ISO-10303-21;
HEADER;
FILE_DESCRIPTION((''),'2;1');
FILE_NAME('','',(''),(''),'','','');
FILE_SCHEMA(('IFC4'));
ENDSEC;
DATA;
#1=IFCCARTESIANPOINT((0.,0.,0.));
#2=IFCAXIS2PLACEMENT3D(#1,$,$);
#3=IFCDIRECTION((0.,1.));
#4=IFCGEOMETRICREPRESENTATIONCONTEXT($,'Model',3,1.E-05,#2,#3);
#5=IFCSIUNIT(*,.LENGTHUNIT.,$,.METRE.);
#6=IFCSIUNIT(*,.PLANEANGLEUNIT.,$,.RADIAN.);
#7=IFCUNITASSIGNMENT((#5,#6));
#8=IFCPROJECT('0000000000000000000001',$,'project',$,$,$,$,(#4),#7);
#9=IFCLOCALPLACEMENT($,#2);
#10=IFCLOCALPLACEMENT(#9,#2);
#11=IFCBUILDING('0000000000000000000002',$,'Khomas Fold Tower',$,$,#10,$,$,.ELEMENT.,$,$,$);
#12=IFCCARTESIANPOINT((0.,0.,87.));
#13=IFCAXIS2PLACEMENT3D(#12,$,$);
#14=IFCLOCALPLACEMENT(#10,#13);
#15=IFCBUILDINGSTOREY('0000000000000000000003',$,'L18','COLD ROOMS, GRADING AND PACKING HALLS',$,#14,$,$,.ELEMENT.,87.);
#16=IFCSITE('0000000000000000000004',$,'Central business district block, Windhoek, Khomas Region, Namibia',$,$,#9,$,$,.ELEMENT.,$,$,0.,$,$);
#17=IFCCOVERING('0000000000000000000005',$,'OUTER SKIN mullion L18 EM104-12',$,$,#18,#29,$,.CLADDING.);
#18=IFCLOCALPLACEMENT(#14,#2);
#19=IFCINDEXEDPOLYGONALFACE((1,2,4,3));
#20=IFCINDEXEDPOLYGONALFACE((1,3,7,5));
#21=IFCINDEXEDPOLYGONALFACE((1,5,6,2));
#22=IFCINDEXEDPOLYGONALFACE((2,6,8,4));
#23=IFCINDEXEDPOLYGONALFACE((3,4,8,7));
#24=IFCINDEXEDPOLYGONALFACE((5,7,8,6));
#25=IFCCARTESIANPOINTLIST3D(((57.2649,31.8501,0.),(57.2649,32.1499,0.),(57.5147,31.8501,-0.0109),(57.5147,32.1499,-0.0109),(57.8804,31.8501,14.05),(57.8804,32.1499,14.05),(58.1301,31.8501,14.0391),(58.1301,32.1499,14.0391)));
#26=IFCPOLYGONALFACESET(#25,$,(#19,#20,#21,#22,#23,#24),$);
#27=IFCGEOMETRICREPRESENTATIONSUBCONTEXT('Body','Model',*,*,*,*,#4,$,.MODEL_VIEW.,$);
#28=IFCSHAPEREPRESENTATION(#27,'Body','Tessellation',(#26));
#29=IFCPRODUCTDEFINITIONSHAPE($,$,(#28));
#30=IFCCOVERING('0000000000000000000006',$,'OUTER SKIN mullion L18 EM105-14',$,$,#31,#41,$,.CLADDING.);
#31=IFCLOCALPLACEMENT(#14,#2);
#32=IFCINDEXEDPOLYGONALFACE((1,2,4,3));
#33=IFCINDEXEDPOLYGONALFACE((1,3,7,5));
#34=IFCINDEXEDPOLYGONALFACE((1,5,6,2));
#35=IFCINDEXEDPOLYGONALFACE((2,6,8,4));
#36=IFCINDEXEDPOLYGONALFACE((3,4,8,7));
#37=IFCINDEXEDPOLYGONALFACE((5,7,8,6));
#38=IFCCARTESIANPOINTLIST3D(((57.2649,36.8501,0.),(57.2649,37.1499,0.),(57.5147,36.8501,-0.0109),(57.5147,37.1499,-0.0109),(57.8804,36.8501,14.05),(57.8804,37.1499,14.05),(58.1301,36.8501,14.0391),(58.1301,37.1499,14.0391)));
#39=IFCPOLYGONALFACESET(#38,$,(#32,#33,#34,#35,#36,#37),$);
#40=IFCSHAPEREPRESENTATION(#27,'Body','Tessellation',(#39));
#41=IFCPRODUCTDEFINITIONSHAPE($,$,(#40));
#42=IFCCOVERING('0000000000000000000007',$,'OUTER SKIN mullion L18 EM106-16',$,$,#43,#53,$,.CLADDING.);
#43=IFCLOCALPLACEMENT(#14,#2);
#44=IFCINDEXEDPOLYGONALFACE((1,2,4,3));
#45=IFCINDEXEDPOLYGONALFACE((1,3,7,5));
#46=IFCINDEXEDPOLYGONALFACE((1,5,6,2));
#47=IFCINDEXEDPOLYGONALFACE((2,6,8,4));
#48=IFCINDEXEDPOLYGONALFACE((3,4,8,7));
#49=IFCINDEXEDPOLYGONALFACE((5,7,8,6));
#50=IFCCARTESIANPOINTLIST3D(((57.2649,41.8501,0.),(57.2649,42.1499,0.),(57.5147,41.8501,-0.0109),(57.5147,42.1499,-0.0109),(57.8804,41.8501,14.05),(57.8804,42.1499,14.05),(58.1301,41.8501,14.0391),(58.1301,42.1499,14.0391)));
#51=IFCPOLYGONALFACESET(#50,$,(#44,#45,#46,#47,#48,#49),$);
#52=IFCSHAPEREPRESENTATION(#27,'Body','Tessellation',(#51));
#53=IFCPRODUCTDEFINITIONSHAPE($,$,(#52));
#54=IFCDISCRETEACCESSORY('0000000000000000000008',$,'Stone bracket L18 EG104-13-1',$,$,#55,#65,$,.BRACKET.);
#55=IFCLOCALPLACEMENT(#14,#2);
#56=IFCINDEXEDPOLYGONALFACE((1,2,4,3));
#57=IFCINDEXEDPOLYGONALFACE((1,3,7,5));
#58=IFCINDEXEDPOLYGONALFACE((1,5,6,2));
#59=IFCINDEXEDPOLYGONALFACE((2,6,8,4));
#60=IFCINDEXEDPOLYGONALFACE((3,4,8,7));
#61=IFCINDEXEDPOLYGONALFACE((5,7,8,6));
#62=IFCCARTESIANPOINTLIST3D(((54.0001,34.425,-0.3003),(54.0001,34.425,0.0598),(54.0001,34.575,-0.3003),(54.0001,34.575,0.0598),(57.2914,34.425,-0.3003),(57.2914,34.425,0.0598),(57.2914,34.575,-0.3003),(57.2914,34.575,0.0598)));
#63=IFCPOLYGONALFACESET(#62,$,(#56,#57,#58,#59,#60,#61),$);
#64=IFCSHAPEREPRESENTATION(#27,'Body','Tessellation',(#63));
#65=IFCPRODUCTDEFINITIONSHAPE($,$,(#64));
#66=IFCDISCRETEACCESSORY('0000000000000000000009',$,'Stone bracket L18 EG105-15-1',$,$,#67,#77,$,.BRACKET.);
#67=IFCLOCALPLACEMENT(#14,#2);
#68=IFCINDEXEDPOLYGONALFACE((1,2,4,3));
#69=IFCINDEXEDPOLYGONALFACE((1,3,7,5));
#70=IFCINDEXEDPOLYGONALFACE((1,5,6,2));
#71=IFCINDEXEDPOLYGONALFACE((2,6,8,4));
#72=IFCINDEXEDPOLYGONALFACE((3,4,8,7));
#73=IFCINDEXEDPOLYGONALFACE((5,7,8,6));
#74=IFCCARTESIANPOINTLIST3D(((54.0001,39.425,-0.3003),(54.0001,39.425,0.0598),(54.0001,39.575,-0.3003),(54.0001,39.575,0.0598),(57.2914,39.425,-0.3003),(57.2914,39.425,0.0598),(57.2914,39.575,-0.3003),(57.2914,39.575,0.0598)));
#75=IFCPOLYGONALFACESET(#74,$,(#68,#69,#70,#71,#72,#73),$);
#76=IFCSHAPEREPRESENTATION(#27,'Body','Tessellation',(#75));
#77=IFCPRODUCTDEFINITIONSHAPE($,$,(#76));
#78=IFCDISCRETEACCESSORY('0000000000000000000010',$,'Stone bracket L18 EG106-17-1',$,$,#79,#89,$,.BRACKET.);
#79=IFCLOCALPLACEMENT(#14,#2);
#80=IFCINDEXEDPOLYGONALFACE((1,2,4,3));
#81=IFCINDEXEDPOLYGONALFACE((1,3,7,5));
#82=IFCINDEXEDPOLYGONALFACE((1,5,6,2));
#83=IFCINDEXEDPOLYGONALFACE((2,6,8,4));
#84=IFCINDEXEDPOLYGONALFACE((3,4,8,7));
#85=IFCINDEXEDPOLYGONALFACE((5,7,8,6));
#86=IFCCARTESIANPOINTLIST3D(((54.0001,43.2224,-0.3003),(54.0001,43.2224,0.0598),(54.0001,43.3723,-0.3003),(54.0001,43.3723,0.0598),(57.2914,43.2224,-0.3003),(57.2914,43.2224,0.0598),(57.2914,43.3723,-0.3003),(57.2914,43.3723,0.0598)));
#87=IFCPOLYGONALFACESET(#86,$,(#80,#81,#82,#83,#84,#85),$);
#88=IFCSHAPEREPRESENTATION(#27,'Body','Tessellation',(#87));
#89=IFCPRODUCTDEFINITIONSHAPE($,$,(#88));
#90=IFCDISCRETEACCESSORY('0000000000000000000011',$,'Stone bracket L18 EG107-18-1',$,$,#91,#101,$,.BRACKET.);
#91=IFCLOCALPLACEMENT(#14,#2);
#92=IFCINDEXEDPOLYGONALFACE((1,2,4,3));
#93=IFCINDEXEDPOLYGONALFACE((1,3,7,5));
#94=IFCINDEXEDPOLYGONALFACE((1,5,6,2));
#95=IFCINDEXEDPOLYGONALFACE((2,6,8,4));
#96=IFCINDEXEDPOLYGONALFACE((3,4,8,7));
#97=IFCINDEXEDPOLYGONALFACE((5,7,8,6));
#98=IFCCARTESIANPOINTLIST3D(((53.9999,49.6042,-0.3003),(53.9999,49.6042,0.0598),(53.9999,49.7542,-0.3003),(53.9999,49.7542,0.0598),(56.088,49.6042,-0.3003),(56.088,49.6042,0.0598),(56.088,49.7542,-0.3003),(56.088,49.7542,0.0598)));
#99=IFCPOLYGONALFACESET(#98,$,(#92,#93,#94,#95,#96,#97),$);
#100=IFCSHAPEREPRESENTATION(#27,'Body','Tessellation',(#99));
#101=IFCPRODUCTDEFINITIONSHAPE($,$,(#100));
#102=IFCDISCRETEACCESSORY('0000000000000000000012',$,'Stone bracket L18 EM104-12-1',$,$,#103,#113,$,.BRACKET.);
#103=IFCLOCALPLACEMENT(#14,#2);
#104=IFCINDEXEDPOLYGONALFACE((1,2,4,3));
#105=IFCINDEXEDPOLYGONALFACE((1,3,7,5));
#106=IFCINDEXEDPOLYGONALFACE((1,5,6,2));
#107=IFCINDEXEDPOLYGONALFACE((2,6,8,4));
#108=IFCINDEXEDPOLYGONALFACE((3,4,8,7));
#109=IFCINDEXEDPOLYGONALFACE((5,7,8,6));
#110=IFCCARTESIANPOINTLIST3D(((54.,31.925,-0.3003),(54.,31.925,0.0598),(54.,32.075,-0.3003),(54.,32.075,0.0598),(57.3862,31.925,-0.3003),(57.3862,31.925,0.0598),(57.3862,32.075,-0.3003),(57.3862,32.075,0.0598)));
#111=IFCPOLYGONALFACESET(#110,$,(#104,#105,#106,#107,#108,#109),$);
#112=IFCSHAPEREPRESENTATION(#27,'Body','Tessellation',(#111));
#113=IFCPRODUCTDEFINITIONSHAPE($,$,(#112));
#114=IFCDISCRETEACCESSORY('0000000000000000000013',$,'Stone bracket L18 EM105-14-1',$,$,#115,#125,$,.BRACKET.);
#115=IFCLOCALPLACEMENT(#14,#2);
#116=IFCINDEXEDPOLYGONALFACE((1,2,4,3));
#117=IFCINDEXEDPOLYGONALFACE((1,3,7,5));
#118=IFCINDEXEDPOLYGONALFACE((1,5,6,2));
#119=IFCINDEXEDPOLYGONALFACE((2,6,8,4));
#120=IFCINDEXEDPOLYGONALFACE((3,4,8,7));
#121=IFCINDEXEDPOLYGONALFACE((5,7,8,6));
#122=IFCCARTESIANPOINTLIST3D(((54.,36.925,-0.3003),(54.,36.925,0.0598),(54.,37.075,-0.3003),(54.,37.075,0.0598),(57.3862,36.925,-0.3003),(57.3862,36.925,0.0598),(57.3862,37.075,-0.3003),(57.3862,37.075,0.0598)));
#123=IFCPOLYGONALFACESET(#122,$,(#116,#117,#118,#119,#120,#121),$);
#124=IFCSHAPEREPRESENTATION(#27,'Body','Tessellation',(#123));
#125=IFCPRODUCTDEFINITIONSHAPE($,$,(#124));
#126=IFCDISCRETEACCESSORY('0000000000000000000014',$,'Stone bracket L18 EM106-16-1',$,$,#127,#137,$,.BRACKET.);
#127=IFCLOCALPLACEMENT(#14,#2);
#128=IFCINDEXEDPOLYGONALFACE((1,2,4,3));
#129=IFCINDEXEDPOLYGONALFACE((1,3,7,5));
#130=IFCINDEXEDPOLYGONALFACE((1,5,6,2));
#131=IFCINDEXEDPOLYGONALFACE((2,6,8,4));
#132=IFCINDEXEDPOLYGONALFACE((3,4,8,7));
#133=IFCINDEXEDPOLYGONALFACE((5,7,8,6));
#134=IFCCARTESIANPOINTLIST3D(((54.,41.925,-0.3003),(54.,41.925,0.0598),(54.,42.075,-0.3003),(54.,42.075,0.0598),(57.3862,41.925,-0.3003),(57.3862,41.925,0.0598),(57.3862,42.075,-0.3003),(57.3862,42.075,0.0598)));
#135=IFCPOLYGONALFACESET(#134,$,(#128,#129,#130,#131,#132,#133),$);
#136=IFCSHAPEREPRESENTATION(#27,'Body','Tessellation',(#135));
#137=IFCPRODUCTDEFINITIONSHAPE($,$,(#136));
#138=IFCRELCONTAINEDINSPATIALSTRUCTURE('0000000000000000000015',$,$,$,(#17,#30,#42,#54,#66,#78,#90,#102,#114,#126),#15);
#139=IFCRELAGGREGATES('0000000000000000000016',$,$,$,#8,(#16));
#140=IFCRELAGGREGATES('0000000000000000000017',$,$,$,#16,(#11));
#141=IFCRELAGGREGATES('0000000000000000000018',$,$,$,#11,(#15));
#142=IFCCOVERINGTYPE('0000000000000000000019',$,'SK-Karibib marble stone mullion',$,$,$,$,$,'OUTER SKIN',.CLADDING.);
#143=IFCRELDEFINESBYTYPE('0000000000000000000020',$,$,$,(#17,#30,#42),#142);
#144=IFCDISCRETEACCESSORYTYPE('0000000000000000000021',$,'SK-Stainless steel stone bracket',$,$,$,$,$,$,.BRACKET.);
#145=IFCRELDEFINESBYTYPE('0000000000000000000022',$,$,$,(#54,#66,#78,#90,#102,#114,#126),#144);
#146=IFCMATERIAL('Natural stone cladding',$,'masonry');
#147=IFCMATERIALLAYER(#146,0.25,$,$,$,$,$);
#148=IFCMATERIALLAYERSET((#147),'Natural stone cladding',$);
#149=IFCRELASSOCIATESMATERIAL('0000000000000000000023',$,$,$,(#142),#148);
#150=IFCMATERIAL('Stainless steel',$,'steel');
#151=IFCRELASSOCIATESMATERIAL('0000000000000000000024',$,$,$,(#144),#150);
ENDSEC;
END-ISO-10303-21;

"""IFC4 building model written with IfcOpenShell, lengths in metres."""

from ifc_helpers import new_model, si_unit, direction, frame, origin, origin_2d, place, context, subcontext, project, spatial, polyline, rectangle, outline, extrude, source, transform, mapped, material, layer, layer_set, type_object, element, save


model = new_model("IFC4")

# Units and contexts
model_context = context("Model", 3, precision=1e-05, world=origin(), true_north=direction((0.0, 1.0)))
body_context = subcontext(model_context, "Body", "Model", "MODEL_VIEW")
ifc_project = project(units=[si_unit("LENGTHUNIT", "METRE"), si_unit("PLANEANGLEUNIT", "RADIAN")], contexts=[model_context])

# Site, building, storey
site_placement = place(None, origin())
site = spatial("IfcSite", under=ifc_project, at=site_placement, Name="Central business district block, Windhoek, Khomas Region, Namibia", CompositionType="ELEMENT", RefElevation=0.0)
building_placement = place(site_placement, origin())
building = spatial("IfcBuilding", under=site, at=building_placement, Name="Khomas Fold Tower", CompositionType="ELEMENT")
storey_placement = place(building_placement, frame((0.0, 0.0, 87.0)))
storey = spatial("IfcBuildingStorey", under=building, at=storey_placement, Name="L18", Description="COLD ROOMS, GRADING AND PACKING HALLS", CompositionType="ELEMENT", Elevation=87.0)

# Coverings
ifc_material_1 = material(Name="Natural stone cladding", Category="masonry")
ifc_layer_1 = layer(ifc_material_1, 0.25)
ifc_layer_set_1 = layer_set([ifc_layer_1], Name="Natural stone cladding")
covering_type = type_object("IfcCoveringType", Name="SK-Karibib marble stone mullion", ElementType="OUTER SKIN", PredefinedType="CLADDING", material=ifc_layer_set_1)
for number, where, z_axis, x_axis, name in (
    (1, (57.2649, 31.8501, 0.0), (-0.999042, 0.0, 0.043764), (0.043764, 0.0, 0.999042), "OUTER SKIN mullion L18 EM104-12"),
    (2, (57.2649, 36.8501, 0.0), (-0.999042, 0.0, 0.043764), (0.043764, 0.0, 0.999042), "OUTER SKIN mullion L18 EM105-14"),
    (3, (57.2649, 41.8501, 0.0), (-0.999042, 0.0, 0.043764), (0.043764, 0.0, 0.999042), "OUTER SKIN mullion L18 EM106-16"),
):
    element("IfcCovering", number, at=place(storey_placement, frame(where, z_axis=z_axis, x_axis=x_axis)), inside=storey, type_object=covering_type, Name=name, PredefinedType="CLADDING", context=body_context, shape_type="SweptSolid", body=[
        extrude(outline(polyline([(0.0, 0.0), (14.0635, 0.0), (14.0635, 0.2998), (0.0, 0.2998), (0.0, 0.0)])), origin(), (0.0, 0.0, -1.0), 0.25),
    ])

# Discrete accessories
ifc_material_2 = material(Name="Stainless steel", Category="steel")
discrete_accessory_type = type_object("IfcDiscreteAccessoryType", Name="SK-Stainless steel stone bracket", PredefinedType="BRACKET", material=ifc_material_2)
shared_shape_1 = source(origin(), body_context, "Body", "SweptSolid", [
    extrude(rectangle(XDim=3.2913, YDim=0.1499, at=origin_2d()), origin(), (0.0, 0.0, 1.0), 0.3601),
])
for number, where, z_axis, x_axis, name in (
    (4, (55.6458, 34.5, -0.3003), (0.0, 0.0, 1.0), (1.0, 0.0, 0.0), "Stone bracket L18 EG104-13-1"),
    (5, (55.6458, 39.5, -0.3003), (0.0, 0.0, 1.0), (1.0, 0.0, 0.0), "Stone bracket L18 EG105-15-1"),
    (6, (55.6458, 43.2974, -0.3003), (0.0, 0.0, 1.0), (1.0, 0.0, 0.0), "Stone bracket L18 EG106-17-1"),
):
    element("IfcDiscreteAccessory", number, at=place(storey_placement, frame(where, z_axis=z_axis, x_axis=x_axis)), inside=storey, type_object=discrete_accessory_type, Name=name, PredefinedType="BRACKET", context=body_context, shape_type="MappedRepresentation", body=[
        mapped(shared_shape_1, transform((0.0, 0.0, 0.0))),
    ])
shared_shape_2 = source(origin(), body_context, "Body", "SweptSolid", [
    extrude(rectangle(XDim=2.0881, YDim=0.1499, at=origin_2d()), origin(), (0.0, 0.0, 1.0), 0.3601),
])
discrete_accessory_placement = place(storey_placement, frame((55.0439, 49.6792, -0.3003), z_axis=(0.0, 0.0, 1.0), x_axis=(1.0, 0.0, 0.0)))
element("IfcDiscreteAccessory", 7, at=discrete_accessory_placement, inside=storey, type_object=discrete_accessory_type, Name="Stone bracket L18 EG107-18-1", PredefinedType="BRACKET", context=body_context, shape_type="MappedRepresentation", body=[
    mapped(shared_shape_2, transform((0.0, 0.0, 0.0))),
])
shared_shape_3 = source(origin(), body_context, "Body", "SweptSolid", [
    extrude(rectangle(XDim=3.3862, YDim=0.1499, at=origin_2d()), origin(), (0.0, 0.0, 1.0), 0.3601),
])
for number, where, z_axis, x_axis, name in (
    (8, (55.6931, 32.0, -0.3003), (0.0, 0.0, 1.0), (1.0, 0.0, 0.0), "Stone bracket L18 EM104-12-1"),
    (9, (55.6931, 37.0, -0.3003), (0.0, 0.0, 1.0), (1.0, 0.0, 0.0), "Stone bracket L18 EM105-14-1"),
    (10, (55.6931, 42.0, -0.3003), (0.0, 0.0, 1.0), (1.0, 0.0, 0.0), "Stone bracket L18 EM106-16-1"),
):
    element("IfcDiscreteAccessory", number, at=place(storey_placement, frame(where, z_axis=z_axis, x_axis=x_axis)), inside=storey, type_object=discrete_accessory_type, Name=name, PredefinedType="BRACKET", context=body_context, shape_type="MappedRepresentation", body=[
        mapped(shared_shape_3, transform((0.0, 0.0, 0.0))),
    ])

save(model, "model.ifc")
